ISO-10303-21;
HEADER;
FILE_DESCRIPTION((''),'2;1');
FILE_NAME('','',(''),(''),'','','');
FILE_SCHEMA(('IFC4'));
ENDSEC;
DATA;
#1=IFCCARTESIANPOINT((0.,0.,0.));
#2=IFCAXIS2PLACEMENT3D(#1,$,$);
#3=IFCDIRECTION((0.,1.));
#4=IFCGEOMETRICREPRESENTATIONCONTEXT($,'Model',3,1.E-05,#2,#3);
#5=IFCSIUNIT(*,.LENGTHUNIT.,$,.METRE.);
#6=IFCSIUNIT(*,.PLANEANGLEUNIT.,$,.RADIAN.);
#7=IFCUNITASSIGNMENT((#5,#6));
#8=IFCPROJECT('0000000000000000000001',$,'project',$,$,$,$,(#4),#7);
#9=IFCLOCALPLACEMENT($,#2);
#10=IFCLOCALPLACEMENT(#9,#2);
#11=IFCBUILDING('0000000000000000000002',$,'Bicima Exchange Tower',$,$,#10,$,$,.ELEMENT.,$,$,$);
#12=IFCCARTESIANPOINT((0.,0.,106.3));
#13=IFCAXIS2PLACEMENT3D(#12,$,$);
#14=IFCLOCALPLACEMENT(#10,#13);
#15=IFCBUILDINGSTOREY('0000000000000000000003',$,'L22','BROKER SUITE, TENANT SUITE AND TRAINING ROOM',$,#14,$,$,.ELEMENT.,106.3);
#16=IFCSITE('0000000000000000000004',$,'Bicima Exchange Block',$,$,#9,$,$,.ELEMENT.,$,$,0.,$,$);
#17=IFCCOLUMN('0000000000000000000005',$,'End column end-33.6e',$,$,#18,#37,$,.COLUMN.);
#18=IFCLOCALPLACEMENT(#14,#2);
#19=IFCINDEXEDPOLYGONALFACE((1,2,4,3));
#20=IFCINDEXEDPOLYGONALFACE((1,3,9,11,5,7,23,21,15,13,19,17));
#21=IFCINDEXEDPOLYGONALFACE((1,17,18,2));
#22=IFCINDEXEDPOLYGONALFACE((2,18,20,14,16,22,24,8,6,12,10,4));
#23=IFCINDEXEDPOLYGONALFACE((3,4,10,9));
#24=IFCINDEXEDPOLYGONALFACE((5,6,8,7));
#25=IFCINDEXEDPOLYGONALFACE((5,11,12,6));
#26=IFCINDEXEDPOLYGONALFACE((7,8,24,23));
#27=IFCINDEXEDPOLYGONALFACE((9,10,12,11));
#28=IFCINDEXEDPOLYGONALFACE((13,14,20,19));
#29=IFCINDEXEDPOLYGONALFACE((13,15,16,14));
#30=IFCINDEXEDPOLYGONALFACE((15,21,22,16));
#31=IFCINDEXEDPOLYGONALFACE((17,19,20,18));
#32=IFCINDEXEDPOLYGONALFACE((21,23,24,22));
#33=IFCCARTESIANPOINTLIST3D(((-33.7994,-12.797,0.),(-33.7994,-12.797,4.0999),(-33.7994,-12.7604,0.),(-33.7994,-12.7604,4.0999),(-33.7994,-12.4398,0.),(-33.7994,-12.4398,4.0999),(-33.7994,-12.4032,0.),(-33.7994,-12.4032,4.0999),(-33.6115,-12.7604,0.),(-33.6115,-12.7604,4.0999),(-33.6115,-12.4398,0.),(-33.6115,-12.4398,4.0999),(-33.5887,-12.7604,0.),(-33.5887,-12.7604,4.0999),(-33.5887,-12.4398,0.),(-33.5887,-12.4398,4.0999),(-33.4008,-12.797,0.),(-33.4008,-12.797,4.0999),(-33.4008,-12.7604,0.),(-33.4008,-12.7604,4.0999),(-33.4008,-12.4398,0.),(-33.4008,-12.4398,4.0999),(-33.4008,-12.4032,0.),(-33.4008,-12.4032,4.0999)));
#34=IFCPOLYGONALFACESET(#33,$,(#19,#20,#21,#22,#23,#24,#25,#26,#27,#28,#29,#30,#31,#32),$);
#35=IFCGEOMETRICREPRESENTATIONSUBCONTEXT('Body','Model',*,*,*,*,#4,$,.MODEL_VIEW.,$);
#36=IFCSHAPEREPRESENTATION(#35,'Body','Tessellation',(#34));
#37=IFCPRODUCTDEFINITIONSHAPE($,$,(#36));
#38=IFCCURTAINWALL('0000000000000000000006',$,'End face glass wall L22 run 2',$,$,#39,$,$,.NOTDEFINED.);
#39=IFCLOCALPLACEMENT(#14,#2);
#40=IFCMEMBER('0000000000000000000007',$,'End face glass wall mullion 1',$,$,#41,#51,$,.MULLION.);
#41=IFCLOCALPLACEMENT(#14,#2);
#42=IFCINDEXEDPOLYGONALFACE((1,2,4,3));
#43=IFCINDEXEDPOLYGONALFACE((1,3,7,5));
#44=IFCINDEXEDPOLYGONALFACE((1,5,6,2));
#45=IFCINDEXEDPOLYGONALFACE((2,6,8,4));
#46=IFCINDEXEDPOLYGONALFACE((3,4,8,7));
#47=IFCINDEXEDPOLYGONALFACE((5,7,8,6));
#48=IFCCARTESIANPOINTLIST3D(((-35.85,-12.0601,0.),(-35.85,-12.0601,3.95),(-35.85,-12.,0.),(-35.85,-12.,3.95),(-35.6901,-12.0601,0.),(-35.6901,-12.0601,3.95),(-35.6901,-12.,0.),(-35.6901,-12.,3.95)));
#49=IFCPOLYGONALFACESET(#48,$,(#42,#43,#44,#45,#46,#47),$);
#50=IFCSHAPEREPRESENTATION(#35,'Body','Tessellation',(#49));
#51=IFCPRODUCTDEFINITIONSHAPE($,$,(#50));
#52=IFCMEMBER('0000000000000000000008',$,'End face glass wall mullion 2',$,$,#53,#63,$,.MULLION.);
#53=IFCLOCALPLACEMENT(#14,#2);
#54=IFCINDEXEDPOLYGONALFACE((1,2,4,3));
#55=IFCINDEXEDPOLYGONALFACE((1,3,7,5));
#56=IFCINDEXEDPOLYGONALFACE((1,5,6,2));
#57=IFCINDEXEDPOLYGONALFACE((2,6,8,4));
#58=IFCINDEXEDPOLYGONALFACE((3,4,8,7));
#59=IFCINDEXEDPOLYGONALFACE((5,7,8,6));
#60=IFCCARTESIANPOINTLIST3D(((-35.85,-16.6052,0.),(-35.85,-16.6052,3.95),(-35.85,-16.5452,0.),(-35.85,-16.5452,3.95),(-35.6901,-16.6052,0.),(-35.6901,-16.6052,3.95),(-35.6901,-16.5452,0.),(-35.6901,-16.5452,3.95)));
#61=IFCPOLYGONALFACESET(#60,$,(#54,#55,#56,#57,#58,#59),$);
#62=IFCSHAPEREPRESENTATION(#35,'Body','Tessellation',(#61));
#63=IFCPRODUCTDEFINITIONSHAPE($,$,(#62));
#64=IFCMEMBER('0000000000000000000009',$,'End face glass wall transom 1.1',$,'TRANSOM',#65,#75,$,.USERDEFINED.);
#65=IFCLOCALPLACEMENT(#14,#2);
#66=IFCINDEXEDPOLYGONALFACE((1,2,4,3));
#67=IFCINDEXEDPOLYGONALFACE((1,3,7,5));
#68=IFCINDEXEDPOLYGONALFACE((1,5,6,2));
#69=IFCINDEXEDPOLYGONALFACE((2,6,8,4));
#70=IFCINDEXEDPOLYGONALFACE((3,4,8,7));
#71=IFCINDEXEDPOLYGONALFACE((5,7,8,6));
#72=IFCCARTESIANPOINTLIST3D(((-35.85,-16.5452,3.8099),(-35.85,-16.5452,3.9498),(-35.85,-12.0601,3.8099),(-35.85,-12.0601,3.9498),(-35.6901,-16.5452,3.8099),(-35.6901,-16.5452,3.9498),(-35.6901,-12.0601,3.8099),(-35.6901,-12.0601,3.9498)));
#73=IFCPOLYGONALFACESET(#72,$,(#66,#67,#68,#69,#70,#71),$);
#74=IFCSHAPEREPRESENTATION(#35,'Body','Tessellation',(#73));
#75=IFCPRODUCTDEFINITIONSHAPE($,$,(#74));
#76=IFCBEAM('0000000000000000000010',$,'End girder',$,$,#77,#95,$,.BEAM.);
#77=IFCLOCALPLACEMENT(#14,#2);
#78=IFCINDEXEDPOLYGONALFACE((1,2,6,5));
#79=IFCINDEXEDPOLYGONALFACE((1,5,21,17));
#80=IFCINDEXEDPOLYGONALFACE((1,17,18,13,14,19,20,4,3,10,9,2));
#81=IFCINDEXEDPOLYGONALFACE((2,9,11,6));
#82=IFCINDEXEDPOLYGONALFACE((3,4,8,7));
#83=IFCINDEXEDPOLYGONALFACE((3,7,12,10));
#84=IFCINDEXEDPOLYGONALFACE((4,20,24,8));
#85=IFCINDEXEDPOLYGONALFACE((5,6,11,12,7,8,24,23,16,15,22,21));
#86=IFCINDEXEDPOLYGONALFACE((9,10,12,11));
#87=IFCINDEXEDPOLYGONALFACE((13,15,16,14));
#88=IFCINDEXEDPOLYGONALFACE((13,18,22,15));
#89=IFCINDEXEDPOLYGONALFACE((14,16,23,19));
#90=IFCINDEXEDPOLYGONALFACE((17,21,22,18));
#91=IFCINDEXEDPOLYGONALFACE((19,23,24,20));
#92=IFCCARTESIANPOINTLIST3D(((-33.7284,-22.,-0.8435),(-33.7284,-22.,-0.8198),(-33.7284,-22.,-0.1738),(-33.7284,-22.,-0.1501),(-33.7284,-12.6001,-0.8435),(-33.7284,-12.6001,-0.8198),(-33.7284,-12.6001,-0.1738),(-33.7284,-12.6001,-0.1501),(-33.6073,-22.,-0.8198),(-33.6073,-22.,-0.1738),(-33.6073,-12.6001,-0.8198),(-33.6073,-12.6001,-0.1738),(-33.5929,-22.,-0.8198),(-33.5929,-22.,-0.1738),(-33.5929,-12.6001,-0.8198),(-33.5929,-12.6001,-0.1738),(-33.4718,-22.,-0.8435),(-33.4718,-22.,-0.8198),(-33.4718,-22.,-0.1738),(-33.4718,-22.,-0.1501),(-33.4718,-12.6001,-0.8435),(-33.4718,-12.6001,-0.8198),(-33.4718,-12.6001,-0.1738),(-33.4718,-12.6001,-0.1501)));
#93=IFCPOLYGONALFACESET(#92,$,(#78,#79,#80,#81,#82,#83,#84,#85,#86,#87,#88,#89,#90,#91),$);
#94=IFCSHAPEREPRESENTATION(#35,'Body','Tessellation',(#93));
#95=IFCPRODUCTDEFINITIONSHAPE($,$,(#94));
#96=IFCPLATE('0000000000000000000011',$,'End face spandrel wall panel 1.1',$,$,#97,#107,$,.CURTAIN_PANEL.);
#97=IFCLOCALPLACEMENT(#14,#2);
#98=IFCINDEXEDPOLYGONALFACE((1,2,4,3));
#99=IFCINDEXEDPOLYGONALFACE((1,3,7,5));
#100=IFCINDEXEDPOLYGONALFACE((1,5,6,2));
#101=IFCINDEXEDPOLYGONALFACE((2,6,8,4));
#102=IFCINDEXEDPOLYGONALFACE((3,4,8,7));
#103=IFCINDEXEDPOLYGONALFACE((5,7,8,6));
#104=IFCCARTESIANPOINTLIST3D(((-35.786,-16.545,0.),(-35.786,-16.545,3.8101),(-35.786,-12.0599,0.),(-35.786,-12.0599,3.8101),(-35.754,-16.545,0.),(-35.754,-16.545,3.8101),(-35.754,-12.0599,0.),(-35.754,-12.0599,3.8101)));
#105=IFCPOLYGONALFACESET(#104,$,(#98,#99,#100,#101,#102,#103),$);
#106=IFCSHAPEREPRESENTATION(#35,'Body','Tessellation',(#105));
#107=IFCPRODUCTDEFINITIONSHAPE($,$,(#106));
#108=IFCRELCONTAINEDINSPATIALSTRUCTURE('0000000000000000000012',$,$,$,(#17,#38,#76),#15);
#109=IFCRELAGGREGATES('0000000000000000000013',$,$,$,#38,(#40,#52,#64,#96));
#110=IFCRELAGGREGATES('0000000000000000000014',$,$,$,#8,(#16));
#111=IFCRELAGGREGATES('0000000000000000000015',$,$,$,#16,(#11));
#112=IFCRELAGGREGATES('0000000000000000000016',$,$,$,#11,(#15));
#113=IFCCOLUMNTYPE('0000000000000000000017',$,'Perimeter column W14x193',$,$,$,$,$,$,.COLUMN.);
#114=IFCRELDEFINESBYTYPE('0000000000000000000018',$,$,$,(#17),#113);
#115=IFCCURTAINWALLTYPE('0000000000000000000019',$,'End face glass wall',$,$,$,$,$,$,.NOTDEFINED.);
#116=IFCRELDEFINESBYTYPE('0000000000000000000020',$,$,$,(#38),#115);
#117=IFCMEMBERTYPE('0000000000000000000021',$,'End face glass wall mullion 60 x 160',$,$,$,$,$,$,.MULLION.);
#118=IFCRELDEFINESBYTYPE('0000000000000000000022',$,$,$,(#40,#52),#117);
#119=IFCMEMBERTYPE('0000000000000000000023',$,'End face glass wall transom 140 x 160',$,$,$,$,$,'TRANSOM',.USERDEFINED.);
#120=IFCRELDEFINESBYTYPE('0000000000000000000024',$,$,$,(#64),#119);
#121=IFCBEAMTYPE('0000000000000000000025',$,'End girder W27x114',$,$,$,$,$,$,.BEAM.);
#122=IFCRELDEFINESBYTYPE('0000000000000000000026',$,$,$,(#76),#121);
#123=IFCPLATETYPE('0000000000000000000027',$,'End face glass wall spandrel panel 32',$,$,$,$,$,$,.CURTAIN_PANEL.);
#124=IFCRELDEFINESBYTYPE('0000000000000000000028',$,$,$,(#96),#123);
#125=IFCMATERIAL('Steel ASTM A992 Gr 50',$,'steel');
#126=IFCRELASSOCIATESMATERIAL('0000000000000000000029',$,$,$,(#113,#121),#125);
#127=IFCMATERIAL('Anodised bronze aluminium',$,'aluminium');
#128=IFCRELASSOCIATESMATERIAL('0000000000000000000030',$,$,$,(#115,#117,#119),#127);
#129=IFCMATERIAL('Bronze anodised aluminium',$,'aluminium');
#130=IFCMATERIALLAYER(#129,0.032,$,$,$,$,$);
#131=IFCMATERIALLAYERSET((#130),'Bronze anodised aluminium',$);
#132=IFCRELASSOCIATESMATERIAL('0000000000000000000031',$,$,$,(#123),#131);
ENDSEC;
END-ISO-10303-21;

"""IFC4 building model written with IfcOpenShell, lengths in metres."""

from ifc_helpers import new_model, si_unit, direction, frame, origin, origin_2d, place, context, subcontext, project, spatial, rectangle, i_section, extrude, material, layer, layer_set, material_profile, profile_set, type_object, element, aggregate, save


model = new_model("IFC4")

# Units and contexts
model_context = context("Model", 3, precision=1e-05, world=origin(), true_north=direction((0.0, 1.0)))
body_context = subcontext(model_context, "Body", "Model", "MODEL_VIEW")
ifc_project = project(units=[si_unit("LENGTHUNIT", "METRE"), si_unit("PLANEANGLEUNIT", "RADIAN")], contexts=[model_context])

# Site, building, storey
site_placement = place(None, origin())
site = spatial("IfcSite", under=ifc_project, at=site_placement, Name="Bicima Exchange Block", CompositionType="ELEMENT", RefElevation=0.0)
building_placement = place(site_placement, origin())
building = spatial("IfcBuilding", under=site, at=building_placement, Name="Bicima Exchange Tower", CompositionType="ELEMENT")
storey_placement = place(building_placement, frame((0.0, 0.0, 106.3)))
storey = spatial("IfcBuildingStorey", under=building, at=storey_placement, Name="L22", Description="BROKER SUITE, TENANT SUITE AND TRAINING ROOM", CompositionType="ELEMENT", Elevation=106.3)

# Column
ifc_material_1 = material(Name="Steel ASTM A992 Gr 50", Category="steel")
ifc_material_profile_1 = material_profile(ifc_material_1, i_section(OverallWidth=0.3987, OverallDepth=0.3938, WebThickness=0.0227, FlangeThickness=0.0366, at=origin_2d()))
ifc_profile_set_1 = profile_set([ifc_material_profile_1], Name="Steel ASTM A992 Gr 50")
column_type = type_object("IfcColumnType", Name="Perimeter column W14x193", PredefinedType="COLUMN", material=ifc_profile_set_1)
column_placement = place(storey_placement, frame((-33.6001, -12.6001, 0.0), z_axis=(0.0, 0.0, 1.0), x_axis=(1.0, 0.0, 0.0)))
element("IfcColumn", 1, at=column_placement, inside=storey, type_object=column_type, Name="End column end-33.6e", PredefinedType="COLUMN", context=body_context, shape_type="SweptSolid", body=[
    extrude(i_section(OverallWidth=0.3987, OverallDepth=0.3938, WebThickness=0.0227, FlangeThickness=0.0366, at=origin_2d()), origin(), (0.0, 0.0, 1.0), 4.0999),
])

# Curtain wall, members
ifc_material_2 = material(Name="Anodised bronze aluminium", Category="aluminium")
curtain_wall_type = type_object("IfcCurtainWallType", Name="End face glass wall", PredefinedType="NOTDEFINED", material=ifc_material_2)
curtain_wall_placement = place(storey_placement, origin())
curtain_wall = element("IfcCurtainWall", 2, at=curtain_wall_placement, inside=storey, type_object=curtain_wall_type, Name="End face glass wall L22 run 2", PredefinedType="NOTDEFINED")
ifc_material_profile_2 = material_profile(ifc_material_2, rectangle(XDim=0.1599, YDim=0.0601, at=origin_2d()))
ifc_profile_set_2 = profile_set([ifc_material_profile_2], Name="Anodised bronze aluminium")
member_type_1 = type_object("IfcMemberType", Name="End face glass wall mullion 60 x 160", PredefinedType="MULLION", material=ifc_profile_set_2)
member_1_placement = place(storey_placement, frame((-35.77, -12.03, 0.0), z_axis=(0.0, 0.0, 1.0), x_axis=(1.0, 0.0, 0.0)))
member_1 = element("IfcMember", 3, at=member_1_placement, type_object=member_type_1, Name="End face glass wall mullion 1", PredefinedType="MULLION", context=body_context, shape_type="SweptSolid", body=[
    extrude(rectangle(XDim=0.1599, YDim=0.0601, at=origin_2d()), origin(), (0.0, 0.0, 1.0), 3.95),
])
member_2_placement = place(storey_placement, frame((-35.77, -16.5752, 0.0), z_axis=(0.0, 0.0, 1.0), x_axis=(1.0, 0.0, 0.0)))
member_2 = element("IfcMember", 4, at=member_2_placement, type_object=member_type_1, Name="End face glass wall mullion 2", PredefinedType="MULLION", context=body_context, shape_type="SweptSolid", body=[
    extrude(rectangle(XDim=0.1599, YDim=0.0601, at=origin_2d()), origin(), (0.0, 0.0, 1.0), 3.95),
])
ifc_material_profile_3 = material_profile(ifc_material_2, rectangle(XDim=0.1599, YDim=0.1399, at=origin_2d()))
ifc_profile_set_3 = profile_set([ifc_material_profile_3], Name="Anodised bronze aluminium")
member_type_2 = type_object("IfcMemberType", Name="End face glass wall transom 140 x 160", ElementType="TRANSOM", PredefinedType="USERDEFINED", material=ifc_profile_set_3)
member_3_placement = place(storey_placement, frame((-35.77, -12.0601, 3.8799), z_axis=(0.0, -1.0, 0.0), x_axis=(1.0, 0.0, 0.0)))
member_3 = element("IfcMember", 5, at=member_3_placement, type_object=member_type_2, Name="End face glass wall transom 1.1", ObjectType="TRANSOM", PredefinedType="USERDEFINED", context=body_context, shape_type="SweptSolid", body=[
    extrude(rectangle(XDim=0.1599, YDim=0.1399, at=origin_2d()), origin(), (0.0, 0.0, 1.0), 4.4851),
])

# Beam
ifc_material_profile_4 = material_profile(ifc_material_1, i_section(OverallWidth=0.2566, OverallDepth=0.6934, WebThickness=0.0144, FlangeThickness=0.0237, at=origin_2d()))
ifc_profile_set_4 = profile_set([ifc_material_profile_4], Name="Steel ASTM A992 Gr 50")
beam_type = type_object("IfcBeamType", Name="End girder W27x114", PredefinedType="BEAM", material=ifc_profile_set_4)
beam_placement = place(storey_placement, frame((-33.6001, -12.6001, -0.4968), z_axis=(0.0, -1.0, 0.0), x_axis=(1.0, 0.0, 0.0)))
element("IfcBeam", 6, at=beam_placement, inside=storey, type_object=beam_type, Name="End girder", PredefinedType="BEAM", context=body_context, shape_type="SweptSolid", body=[
    extrude(i_section(OverallWidth=0.2566, OverallDepth=0.6934, WebThickness=0.0144, FlangeThickness=0.0237, at=origin_2d()), origin(), (0.0, 0.0, 1.0), 9.3999),
])

# Plate
ifc_material_3 = material(Name="Bronze anodised aluminium", Category="aluminium")
ifc_layer_1 = layer(ifc_material_3, 0.032)
ifc_layer_set_1 = layer_set([ifc_layer_1], Name="Bronze anodised aluminium")
plate_type = type_object("IfcPlateType", Name="End face glass wall spandrel panel 32", PredefinedType="CURTAIN_PANEL", material=ifc_layer_set_1)
plate_placement = place(storey_placement, frame((-35.77, -14.3025, 0.0), z_axis=(0.0, 0.0, 1.0), x_axis=(0.0, -1.0, 0.0)))
plate = element("IfcPlate", 7, at=plate_placement, type_object=plate_type, Name="End face spandrel wall panel 1.1", PredefinedType="CURTAIN_PANEL", context=body_context, shape_type="SweptSolid", body=[
    extrude(rectangle(XDim=4.4851, YDim=0.032, at=origin_2d()), origin(), (0.0, 0.0, 1.0), 3.8101),
])
aggregate(curtain_wall, [member_1, member_2, member_3, plate])

save(model, "model.ifc")
